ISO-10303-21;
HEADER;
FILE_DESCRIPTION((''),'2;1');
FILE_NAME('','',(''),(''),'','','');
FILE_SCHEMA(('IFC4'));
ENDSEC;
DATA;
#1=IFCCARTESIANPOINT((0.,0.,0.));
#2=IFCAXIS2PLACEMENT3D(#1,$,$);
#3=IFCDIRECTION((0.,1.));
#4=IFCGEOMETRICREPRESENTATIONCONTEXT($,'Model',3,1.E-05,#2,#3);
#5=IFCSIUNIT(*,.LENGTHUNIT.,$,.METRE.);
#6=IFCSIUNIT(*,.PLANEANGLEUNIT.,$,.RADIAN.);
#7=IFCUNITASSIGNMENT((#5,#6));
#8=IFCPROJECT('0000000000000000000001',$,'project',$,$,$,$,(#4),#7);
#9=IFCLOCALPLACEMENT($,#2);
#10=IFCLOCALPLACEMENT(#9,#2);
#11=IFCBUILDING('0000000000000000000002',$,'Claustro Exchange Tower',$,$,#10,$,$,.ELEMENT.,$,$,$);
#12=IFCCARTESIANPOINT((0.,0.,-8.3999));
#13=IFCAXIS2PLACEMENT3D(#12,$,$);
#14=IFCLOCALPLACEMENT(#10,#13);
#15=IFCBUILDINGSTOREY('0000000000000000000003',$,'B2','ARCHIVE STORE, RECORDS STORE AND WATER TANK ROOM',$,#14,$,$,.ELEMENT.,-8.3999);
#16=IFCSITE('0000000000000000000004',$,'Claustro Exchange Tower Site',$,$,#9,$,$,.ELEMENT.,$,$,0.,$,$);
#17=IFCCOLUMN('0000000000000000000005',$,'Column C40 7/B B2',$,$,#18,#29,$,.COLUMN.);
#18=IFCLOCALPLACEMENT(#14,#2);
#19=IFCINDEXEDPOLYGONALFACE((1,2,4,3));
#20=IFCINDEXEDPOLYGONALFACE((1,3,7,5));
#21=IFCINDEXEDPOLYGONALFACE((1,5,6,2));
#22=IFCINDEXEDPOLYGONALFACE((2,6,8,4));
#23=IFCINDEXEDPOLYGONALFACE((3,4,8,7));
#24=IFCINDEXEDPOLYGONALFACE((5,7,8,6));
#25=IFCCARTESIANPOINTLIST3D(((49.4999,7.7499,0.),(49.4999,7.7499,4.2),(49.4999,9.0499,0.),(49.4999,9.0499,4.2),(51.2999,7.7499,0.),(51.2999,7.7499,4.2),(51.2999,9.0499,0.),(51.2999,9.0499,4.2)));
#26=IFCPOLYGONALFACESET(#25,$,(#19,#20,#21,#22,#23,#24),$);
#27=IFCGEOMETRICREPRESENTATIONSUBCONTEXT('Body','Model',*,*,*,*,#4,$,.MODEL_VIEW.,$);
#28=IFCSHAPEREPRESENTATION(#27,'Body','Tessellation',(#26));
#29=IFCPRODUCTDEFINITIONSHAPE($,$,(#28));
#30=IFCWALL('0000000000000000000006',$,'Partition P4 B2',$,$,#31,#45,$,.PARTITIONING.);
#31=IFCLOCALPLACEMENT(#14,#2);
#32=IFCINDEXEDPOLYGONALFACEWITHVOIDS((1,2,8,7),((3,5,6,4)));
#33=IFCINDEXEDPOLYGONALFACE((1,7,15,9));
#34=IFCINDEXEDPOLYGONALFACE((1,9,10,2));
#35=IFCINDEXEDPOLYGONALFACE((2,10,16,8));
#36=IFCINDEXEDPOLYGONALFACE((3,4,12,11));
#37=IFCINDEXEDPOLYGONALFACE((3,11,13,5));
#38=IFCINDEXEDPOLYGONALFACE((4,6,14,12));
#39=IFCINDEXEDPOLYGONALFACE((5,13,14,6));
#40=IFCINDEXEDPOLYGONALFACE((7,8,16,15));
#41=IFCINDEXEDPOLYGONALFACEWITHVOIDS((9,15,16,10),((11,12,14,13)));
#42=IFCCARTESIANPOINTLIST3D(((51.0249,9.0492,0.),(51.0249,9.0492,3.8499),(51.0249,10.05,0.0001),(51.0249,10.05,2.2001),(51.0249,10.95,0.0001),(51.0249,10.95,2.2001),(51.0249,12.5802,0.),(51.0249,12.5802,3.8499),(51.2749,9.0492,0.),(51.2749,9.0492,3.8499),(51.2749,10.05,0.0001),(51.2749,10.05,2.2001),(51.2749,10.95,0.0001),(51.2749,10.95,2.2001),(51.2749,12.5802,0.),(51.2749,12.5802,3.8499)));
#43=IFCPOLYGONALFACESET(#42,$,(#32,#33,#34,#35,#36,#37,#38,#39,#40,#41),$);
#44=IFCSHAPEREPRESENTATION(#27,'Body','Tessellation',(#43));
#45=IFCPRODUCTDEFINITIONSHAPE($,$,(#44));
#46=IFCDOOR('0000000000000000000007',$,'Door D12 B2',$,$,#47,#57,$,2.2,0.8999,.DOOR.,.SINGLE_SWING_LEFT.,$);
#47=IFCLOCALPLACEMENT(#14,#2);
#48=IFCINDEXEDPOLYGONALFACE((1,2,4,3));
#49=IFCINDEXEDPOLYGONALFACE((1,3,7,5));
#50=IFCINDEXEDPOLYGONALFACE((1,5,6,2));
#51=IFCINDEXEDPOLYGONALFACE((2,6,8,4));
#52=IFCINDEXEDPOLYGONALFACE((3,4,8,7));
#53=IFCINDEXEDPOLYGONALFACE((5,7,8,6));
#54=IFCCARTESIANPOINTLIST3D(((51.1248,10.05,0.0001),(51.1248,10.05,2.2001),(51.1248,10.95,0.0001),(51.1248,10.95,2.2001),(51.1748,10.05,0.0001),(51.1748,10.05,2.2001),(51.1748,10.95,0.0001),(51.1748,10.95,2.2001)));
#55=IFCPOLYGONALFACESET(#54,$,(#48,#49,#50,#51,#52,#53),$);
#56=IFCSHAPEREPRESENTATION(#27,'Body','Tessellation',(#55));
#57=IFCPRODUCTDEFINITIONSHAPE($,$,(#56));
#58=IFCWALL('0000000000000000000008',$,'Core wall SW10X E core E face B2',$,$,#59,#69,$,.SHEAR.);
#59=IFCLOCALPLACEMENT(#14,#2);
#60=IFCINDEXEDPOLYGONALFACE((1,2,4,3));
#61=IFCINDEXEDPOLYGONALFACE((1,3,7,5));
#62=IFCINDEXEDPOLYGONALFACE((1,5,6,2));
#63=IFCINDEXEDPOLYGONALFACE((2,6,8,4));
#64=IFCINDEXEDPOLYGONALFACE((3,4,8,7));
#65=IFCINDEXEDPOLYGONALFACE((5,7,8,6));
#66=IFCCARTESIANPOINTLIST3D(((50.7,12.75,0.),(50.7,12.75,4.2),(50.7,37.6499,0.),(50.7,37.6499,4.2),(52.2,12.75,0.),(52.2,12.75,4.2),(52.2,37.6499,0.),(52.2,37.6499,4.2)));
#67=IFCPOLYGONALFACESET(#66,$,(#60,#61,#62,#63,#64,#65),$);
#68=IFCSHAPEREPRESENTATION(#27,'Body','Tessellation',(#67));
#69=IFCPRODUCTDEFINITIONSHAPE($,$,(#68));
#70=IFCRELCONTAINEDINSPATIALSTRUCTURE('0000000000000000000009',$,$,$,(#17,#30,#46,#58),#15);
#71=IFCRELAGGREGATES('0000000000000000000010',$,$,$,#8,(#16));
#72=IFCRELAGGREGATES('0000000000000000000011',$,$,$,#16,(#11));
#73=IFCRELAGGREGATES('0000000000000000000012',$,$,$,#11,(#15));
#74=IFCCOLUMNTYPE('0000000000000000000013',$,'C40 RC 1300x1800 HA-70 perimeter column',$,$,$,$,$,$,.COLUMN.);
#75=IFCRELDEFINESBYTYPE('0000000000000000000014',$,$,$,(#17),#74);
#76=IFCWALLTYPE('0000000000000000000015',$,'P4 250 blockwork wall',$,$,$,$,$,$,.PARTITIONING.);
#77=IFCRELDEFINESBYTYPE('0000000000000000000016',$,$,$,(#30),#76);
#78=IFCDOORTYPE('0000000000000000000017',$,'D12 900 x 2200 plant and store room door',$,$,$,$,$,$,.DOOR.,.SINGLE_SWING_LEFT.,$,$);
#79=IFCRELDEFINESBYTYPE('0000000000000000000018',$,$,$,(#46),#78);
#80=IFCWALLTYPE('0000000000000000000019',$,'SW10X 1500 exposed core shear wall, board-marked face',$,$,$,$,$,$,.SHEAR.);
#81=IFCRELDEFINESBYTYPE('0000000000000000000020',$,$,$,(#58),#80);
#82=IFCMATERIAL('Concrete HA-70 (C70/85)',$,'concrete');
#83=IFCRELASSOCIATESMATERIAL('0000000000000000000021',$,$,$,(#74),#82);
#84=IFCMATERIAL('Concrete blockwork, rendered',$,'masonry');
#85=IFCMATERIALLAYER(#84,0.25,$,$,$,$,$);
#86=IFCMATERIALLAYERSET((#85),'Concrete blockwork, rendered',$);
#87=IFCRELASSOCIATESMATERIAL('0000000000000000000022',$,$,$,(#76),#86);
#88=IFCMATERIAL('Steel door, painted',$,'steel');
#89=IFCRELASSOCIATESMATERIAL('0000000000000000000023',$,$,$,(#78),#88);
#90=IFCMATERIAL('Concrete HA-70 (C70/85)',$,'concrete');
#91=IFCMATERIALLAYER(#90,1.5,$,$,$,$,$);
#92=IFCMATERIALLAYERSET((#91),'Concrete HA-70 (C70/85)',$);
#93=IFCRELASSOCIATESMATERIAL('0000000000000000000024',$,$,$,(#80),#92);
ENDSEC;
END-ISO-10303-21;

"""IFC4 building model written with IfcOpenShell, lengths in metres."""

from ifc_helpers import new_model, si_unit, direction, frame, frame_2d, origin, origin_2d, place, context, subcontext, project, spatial, rectangle, extrude, material, layer, layer_set, material_profile, profile_set, type_object, element, fill, save


model = new_model("IFC4")

# Units and contexts
model_context = context("Model", 3, precision=1e-05, world=origin(), true_north=direction((0.0, 1.0)))
body_context = subcontext(model_context, "Body", "Model", "MODEL_VIEW")
ifc_project = project(units=[si_unit("LENGTHUNIT", "METRE"), si_unit("PLANEANGLEUNIT", "RADIAN")], contexts=[model_context])

# Site, building, storey
site_placement = place(None, origin())
site = spatial("IfcSite", under=ifc_project, at=site_placement, Name="Claustro Exchange Tower Site", CompositionType="ELEMENT", RefElevation=0.0)
building_placement = place(site_placement, origin())
building = spatial("IfcBuilding", under=site, at=building_placement, Name="Claustro Exchange Tower", CompositionType="ELEMENT")
storey_placement = place(building_placement, frame((0.0, 0.0, -8.3999)))
storey = spatial("IfcBuildingStorey", under=building, at=storey_placement, Name="B2", Description="ARCHIVE STORE, RECORDS STORE AND WATER TANK ROOM", CompositionType="ELEMENT", Elevation=-8.3999)

# Column
ifc_material_1 = material(Name="Concrete HA-70 (C70/85)", Category="concrete")
ifc_material_profile_1 = material_profile(ifc_material_1, rectangle(XDim=1.3, YDim=1.8, at=origin_2d()), Name="RC 1300x1800")
ifc_profile_set_1 = profile_set([ifc_material_profile_1], Name="Concrete HA-70 (C70/85)")
column_type_1 = type_object("IfcColumnType", Name="C40 RC 1300x1800 HA-70 perimeter column", PredefinedType="COLUMN", material=ifc_profile_set_1)
column_1_placement = place(storey_placement, frame((50.3999, 8.3999, 0.0), z_axis=(0.0, 0.0, 1.0), x_axis=(0.0, 1.0, 0.0)))
element("IfcColumn", 1, at=column_1_placement, inside=storey, type_object=column_type_1, Name="Column C40 7/B B2", PredefinedType="COLUMN", context=body_context, shape_type="SweptSolid", body=[
    extrude(rectangle(XDim=1.3, YDim=1.8, at=origin_2d()), origin(), (0.0, 0.0, 1.0), 4.2),
])

# Wall, opening, door
ifc_material_2 = material(Name="Concrete blockwork, rendered", Category="masonry")
ifc_layer_1 = layer(ifc_material_2, 0.25)
ifc_layer_set_1 = layer_set([ifc_layer_1], Name="Concrete blockwork, rendered")
wall_type_1 = type_object("IfcWallType", Name="P4 250 blockwork wall", PredefinedType="PARTITIONING", material=ifc_layer_set_1)
wall_1_placement = place(storey_placement, frame((51.1499, 9.0491, 0.0), z_axis=(0.0, 0.0, 1.0), x_axis=(0.0, 1.0, 0.0)))
wall_1 = element("IfcWall", 2, at=wall_1_placement, inside=storey, type_object=wall_type_1, Name="Partition P4 B2", PredefinedType="PARTITIONING", context=body_context, shape_type="SweptSolid", body=[
    extrude(rectangle(XDim=3.531, YDim=0.25, at=frame_2d((1.7656, 0.0))), origin(), (0.0, 0.0, 1.0), 3.8499),
])
opening_1_placement = place(wall_1_placement, frame((1.001, 0.0, 0.0)))
opening_1 = element("IfcOpeningElement", 3, at=opening_1_placement, cuts=wall_1, PredefinedType="OPENING", context=body_context, shape_type="SweptSolid", body=[
    extrude(rectangle(XDim=0.8999, YDim=2.2, at=frame_2d((0.45, 1.1001))), frame((0.0, 0.135, 0.0), z_axis=(0.0, -1.0, 0.0), x_axis=(1.0, 0.0, 0.0)), (0.0, 0.0, 1.0), 0.27),
])
ifc_material_3 = material(Name="Steel door, painted", Category="steel")
door_type_1 = type_object("IfcDoorType", Name="D12 900 x 2200 plant and store room door", OperationType="SINGLE_SWING_LEFT", PredefinedType="DOOR", material=ifc_material_3)
door_1_placement = place(opening_1_placement, frame((0.8999, 0.0, 0.0), z_axis=(0.0, 0.0, 1.0), x_axis=(-1.0, 0.0, 0.0)))
door_1 = element("IfcDoor", 4, at=door_1_placement, inside=storey, type_object=door_type_1, Name="Door D12 B2", OperationType="SINGLE_SWING_LEFT", OverallHeight=2.2, OverallWidth=0.8999, PredefinedType="DOOR", context=body_context, shape_type="SweptSolid", body=[
    extrude(rectangle(XDim=0.8999, YDim=2.2, at=frame_2d((0.45, 1.1001))), frame((0.0, 0.0249, 0.0), z_axis=(0.0, -1.0, 0.0), x_axis=(1.0, 0.0, 0.0)), (0.0, 0.0, 1.0), 0.05),
])
fill(opening_1, door_1)

# Wall
ifc_material_4 = material(Name="Concrete HA-70 (C70/85)", Category="concrete")
ifc_layer_2 = layer(ifc_material_4, 1.5)
ifc_layer_set_2 = layer_set([ifc_layer_2], Name="Concrete HA-70 (C70/85)")
wall_type_2 = type_object("IfcWallType", Name="SW10X 1500 exposed core shear wall, board-marked face", PredefinedType="SHEAR", material=ifc_layer_set_2)
wall_2_placement = place(storey_placement, frame((51.45, 12.75, 0.0), z_axis=(0.0, 0.0, 1.0), x_axis=(0.0, 1.0, 0.0)))
element("IfcWall", 5, at=wall_2_placement, inside=storey, type_object=wall_type_2, Name="Core wall SW10X E core E face B2", PredefinedType="SHEAR", context=body_context, shape_type="SweptSolid", body=[
    extrude(rectangle(XDim=24.8999, YDim=1.5, at=frame_2d((12.45, 0.0))), origin(), (0.0, 0.0, 1.0), 4.2),
])

save(model, "model.ifc")
